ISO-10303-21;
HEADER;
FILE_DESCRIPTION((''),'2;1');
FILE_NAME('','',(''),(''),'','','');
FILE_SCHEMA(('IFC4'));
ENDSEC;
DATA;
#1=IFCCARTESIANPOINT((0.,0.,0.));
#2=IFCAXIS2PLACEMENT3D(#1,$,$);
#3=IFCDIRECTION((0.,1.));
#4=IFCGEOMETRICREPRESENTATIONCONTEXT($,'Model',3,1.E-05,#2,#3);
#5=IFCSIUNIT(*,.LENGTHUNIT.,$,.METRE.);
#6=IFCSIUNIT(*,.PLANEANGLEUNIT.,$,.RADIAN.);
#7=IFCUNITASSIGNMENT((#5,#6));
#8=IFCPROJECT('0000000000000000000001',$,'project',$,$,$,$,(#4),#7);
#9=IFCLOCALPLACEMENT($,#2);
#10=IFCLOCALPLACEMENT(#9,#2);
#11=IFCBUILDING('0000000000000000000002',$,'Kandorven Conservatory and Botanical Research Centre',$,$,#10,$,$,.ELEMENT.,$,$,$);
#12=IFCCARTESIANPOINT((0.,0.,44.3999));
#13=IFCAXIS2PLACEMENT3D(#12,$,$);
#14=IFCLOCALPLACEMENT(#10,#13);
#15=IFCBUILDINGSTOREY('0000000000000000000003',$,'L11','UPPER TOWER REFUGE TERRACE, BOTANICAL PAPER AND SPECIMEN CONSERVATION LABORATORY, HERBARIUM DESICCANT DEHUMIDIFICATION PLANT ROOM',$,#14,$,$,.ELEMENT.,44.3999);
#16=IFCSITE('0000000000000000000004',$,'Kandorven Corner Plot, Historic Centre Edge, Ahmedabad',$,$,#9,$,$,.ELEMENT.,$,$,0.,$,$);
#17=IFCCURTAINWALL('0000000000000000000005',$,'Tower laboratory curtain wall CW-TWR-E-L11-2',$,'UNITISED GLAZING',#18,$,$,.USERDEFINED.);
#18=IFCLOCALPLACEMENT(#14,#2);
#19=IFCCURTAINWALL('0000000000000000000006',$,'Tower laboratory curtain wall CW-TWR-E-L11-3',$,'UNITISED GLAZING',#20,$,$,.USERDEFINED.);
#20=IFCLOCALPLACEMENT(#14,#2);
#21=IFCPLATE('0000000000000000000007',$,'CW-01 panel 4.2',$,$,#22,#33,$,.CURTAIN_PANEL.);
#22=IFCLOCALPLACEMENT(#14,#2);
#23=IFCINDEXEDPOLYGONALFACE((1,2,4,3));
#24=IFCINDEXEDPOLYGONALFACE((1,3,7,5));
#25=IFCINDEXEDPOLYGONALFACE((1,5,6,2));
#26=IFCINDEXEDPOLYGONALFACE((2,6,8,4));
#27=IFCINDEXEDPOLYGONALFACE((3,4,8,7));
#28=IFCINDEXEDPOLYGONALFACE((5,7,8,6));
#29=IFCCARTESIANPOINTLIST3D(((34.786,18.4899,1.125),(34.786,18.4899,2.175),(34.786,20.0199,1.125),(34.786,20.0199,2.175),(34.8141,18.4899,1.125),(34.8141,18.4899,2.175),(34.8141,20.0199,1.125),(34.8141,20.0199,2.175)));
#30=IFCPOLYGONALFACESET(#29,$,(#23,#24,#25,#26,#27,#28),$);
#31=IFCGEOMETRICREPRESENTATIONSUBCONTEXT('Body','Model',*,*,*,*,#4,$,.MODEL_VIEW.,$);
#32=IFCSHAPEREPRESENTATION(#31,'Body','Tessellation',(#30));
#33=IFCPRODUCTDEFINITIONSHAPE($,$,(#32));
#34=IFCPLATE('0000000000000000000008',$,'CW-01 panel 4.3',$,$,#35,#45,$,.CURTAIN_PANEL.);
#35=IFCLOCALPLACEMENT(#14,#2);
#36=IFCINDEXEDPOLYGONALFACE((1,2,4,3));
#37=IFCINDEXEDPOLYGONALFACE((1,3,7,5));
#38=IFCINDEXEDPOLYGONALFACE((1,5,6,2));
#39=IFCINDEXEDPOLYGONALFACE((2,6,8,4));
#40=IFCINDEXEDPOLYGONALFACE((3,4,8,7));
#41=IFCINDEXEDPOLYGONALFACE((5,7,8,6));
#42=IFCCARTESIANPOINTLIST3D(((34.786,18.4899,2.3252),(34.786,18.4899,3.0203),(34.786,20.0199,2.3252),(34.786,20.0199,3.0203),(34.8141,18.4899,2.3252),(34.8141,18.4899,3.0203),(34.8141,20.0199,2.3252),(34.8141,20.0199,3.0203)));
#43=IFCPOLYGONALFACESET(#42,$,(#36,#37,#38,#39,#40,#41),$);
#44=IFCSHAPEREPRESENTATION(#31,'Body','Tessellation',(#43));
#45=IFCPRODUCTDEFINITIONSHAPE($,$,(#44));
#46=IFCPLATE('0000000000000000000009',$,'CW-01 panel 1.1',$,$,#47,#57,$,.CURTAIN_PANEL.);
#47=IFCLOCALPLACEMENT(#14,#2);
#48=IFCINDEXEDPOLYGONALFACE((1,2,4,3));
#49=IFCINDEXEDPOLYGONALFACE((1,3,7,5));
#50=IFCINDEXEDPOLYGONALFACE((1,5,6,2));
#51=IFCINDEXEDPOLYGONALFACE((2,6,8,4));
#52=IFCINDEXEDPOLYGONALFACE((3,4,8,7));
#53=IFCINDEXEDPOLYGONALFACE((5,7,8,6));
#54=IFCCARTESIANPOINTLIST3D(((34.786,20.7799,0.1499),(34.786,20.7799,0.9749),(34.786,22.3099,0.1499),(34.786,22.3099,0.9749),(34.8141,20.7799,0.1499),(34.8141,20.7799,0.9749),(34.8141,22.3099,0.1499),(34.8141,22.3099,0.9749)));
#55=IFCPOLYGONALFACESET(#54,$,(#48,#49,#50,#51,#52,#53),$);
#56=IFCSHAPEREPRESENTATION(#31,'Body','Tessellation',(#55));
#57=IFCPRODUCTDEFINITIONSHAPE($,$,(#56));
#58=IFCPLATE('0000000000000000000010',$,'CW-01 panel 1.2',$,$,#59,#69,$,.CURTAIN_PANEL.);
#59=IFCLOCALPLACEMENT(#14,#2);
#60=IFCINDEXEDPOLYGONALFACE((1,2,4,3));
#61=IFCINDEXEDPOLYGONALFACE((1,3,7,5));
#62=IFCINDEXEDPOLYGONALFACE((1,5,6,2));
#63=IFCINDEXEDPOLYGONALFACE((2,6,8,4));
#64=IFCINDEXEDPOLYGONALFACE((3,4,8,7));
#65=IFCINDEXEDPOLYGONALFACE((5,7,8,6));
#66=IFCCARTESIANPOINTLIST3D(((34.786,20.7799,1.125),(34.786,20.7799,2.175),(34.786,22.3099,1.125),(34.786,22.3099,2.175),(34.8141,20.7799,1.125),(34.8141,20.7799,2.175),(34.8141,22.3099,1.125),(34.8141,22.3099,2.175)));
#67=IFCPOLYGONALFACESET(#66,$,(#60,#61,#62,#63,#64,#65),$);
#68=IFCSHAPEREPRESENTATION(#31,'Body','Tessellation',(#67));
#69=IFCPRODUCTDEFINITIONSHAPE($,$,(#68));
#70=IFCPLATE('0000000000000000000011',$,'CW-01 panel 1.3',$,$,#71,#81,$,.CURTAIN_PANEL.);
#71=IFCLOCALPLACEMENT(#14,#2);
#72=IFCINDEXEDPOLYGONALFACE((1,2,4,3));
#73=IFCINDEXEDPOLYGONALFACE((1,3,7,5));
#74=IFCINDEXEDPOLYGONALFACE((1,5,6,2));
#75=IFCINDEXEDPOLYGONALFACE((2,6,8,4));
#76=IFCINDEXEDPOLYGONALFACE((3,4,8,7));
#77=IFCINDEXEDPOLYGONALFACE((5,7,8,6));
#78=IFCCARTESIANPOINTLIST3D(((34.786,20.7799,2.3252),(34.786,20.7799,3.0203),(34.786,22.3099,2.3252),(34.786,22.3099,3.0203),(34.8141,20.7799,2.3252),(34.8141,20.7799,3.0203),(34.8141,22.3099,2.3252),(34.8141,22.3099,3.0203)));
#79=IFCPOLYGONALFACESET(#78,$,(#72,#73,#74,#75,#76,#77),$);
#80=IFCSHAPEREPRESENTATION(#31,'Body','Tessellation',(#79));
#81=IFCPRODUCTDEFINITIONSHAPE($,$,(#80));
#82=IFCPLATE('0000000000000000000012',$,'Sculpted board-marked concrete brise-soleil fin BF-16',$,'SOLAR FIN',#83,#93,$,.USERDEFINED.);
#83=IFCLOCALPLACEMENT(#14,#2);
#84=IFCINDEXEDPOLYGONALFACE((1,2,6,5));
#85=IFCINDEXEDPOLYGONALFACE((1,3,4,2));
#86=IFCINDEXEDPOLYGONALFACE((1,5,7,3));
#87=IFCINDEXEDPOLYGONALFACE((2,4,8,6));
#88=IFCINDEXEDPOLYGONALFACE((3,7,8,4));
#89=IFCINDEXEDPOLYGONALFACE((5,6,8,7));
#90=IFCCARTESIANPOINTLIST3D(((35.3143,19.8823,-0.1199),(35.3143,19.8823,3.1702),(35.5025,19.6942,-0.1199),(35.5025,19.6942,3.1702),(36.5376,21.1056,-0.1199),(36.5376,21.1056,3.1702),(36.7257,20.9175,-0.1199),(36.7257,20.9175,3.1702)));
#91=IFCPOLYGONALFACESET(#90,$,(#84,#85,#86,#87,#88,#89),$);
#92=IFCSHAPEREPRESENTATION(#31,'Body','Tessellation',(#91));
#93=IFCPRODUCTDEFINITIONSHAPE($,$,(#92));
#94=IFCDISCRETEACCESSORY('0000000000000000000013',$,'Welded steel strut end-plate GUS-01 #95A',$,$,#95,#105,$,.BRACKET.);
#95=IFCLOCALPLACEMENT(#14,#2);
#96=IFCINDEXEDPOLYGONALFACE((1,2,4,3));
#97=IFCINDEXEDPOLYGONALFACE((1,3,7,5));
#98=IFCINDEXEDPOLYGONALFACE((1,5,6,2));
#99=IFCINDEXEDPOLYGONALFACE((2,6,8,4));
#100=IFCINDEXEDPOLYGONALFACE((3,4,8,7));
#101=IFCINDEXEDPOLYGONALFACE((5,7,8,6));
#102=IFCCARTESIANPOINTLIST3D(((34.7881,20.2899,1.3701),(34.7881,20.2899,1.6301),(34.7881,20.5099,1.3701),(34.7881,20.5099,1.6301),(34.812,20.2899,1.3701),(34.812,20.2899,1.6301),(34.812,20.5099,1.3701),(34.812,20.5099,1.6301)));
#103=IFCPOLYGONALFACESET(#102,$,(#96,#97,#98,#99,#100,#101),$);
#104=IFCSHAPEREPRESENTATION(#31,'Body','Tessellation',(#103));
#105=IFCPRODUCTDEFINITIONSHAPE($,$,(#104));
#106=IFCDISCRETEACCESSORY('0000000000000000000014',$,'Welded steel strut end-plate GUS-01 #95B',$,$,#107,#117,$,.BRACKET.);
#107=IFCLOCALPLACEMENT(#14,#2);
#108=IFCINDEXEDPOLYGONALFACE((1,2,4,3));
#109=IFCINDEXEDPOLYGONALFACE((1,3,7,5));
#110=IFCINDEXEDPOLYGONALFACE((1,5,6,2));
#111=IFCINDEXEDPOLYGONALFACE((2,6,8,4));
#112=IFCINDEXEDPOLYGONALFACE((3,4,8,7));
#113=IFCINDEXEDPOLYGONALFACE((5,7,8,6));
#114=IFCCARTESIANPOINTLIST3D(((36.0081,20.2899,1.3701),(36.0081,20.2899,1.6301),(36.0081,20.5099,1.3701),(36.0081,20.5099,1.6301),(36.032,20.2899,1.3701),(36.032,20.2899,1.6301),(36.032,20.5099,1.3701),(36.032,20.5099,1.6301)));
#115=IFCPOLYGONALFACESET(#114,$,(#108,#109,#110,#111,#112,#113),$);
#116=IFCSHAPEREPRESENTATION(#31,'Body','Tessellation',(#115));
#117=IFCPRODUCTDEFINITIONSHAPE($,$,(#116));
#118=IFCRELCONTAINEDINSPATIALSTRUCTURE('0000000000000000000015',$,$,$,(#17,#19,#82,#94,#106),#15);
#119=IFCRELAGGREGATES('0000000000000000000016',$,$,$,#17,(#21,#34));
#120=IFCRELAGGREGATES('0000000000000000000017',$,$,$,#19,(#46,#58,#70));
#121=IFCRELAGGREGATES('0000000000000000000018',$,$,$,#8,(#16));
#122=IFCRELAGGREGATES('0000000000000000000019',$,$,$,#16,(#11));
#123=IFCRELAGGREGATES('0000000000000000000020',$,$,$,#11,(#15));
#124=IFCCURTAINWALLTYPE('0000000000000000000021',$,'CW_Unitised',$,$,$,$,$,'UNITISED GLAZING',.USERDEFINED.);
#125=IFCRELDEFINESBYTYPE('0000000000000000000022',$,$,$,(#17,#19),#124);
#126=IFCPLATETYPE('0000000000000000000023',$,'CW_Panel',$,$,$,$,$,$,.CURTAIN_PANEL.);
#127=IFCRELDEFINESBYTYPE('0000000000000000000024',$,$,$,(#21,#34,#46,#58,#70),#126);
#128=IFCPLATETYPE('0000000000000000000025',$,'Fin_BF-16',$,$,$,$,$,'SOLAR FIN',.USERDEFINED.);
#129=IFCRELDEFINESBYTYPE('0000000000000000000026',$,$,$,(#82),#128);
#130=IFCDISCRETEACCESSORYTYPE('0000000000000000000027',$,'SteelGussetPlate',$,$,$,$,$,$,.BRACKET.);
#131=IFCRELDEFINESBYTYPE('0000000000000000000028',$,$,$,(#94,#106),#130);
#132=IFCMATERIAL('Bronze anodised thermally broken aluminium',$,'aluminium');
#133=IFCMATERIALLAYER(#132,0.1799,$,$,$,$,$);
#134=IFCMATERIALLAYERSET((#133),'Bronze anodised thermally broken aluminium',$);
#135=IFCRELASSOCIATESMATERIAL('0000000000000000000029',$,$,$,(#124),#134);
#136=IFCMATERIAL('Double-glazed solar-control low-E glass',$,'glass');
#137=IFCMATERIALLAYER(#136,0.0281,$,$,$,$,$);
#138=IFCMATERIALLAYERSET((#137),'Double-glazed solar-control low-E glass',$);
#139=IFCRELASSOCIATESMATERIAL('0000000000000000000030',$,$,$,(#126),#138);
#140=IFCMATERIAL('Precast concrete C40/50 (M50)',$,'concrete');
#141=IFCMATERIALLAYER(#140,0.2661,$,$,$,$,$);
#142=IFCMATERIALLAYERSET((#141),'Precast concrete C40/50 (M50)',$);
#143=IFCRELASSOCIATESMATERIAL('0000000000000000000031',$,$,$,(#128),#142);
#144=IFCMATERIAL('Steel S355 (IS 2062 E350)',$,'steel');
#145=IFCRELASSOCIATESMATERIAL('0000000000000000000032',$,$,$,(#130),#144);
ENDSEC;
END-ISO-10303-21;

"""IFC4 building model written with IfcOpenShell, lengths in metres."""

from ifc_helpers import new_model, si_unit, direction, frame, origin, origin_2d, place, context, subcontext, project, spatial, rectangle, extrude, material, layer, layer_set, type_object, element, aggregate, save


model = new_model("IFC4")

# Units and contexts
model_context = context("Model", 3, precision=1e-05, world=origin(), true_north=direction((0.0, 1.0)))
body_context = subcontext(model_context, "Body", "Model", "MODEL_VIEW")
ifc_project = project(units=[si_unit("LENGTHUNIT", "METRE"), si_unit("PLANEANGLEUNIT", "RADIAN")], contexts=[model_context])

# Site, building, storey
site_placement = place(None, origin())
site = spatial("IfcSite", under=ifc_project, at=site_placement, Name="Kandorven Corner Plot, Historic Centre Edge, Ahmedabad", CompositionType="ELEMENT", RefElevation=0.0)
building_placement = place(site_placement, origin())
building = spatial("IfcBuilding", under=site, at=building_placement, Name="Kandorven Conservatory and Botanical Research Centre", CompositionType="ELEMENT")
storey_placement = place(building_placement, frame((0.0, 0.0, 44.3999)))
storey = spatial("IfcBuildingStorey", under=building, at=storey_placement, Name="L11", Description="UPPER TOWER REFUGE TERRACE, BOTANICAL PAPER AND SPECIMEN CONSERVATION LABORATORY, HERBARIUM DESICCANT DEHUMIDIFICATION PLANT ROOM", CompositionType="ELEMENT", Elevation=44.3999)

# Curtain walls
ifc_material_1 = material(Name="Bronze anodised thermally broken aluminium", Category="aluminium")
ifc_layer_1 = layer(ifc_material_1, 0.1799)
ifc_layer_set_1 = layer_set([ifc_layer_1], Name="Bronze anodised thermally broken aluminium")
curtain_wall_type = type_object("IfcCurtainWallType", Name="CW_Unitised", ElementType="UNITISED GLAZING", PredefinedType="USERDEFINED", material=ifc_layer_set_1)
curtain_wall_1_placement = place(storey_placement, origin())
curtain_wall_1 = element("IfcCurtainWall", 1, at=curtain_wall_1_placement, inside=storey, type_object=curtain_wall_type, Name="Tower laboratory curtain wall CW-TWR-E-L11-2", ObjectType="UNITISED GLAZING", PredefinedType="USERDEFINED")
curtain_wall_2_placement = place(storey_placement, origin())
curtain_wall_2 = element("IfcCurtainWall", 2, at=curtain_wall_2_placement, inside=storey, type_object=curtain_wall_type, Name="Tower laboratory curtain wall CW-TWR-E-L11-3", ObjectType="UNITISED GLAZING", PredefinedType="USERDEFINED")

# Plates
ifc_material_2 = material(Name="Double-glazed solar-control low-E glass", Category="glass")
ifc_layer_2 = layer(ifc_material_2, 0.0281)
ifc_layer_set_2 = layer_set([ifc_layer_2], Name="Double-glazed solar-control low-E glass")
plate_type_1 = type_object("IfcPlateType", Name="CW_Panel", PredefinedType="CURTAIN_PANEL", material=ifc_layer_set_2)
plate_1_placement = place(storey_placement, frame((34.8, 19.2549, 1.125), z_axis=(0.0, 0.0, 1.0), x_axis=(0.0, 1.0, 0.0)))
plate_1 = element("IfcPlate", 3, at=plate_1_placement, type_object=plate_type_1, Name="CW-01 panel 4.2", PredefinedType="CURTAIN_PANEL", context=body_context, shape_type="SweptSolid", body=[
    extrude(rectangle(XDim=1.53, YDim=0.0281, at=origin_2d()), origin(), (0.0, 0.0, 1.0), 1.05),
])
plate_2_placement = place(storey_placement, frame((34.8, 19.2549, 2.3252), z_axis=(0.0, 0.0, 1.0), x_axis=(0.0, 1.0, 0.0)))
plate_2 = element("IfcPlate", 4, at=plate_2_placement, type_object=plate_type_1, Name="CW-01 panel 4.3", PredefinedType="CURTAIN_PANEL", context=body_context, shape_type="SweptSolid", body=[
    extrude(rectangle(XDim=1.53, YDim=0.0281, at=origin_2d()), origin(), (0.0, 0.0, 1.0), 0.6951),
])
aggregate(curtain_wall_1, [plate_1, plate_2])
plate_3_placement = place(storey_placement, frame((34.8, 21.5449, 0.1499), z_axis=(0.0, 0.0, 1.0), x_axis=(0.0, 1.0, 0.0)))
plate_3 = element("IfcPlate", 5, at=plate_3_placement, type_object=plate_type_1, Name="CW-01 panel 1.1", PredefinedType="CURTAIN_PANEL", context=body_context, shape_type="SweptSolid", body=[
    extrude(rectangle(XDim=1.53, YDim=0.0281, at=origin_2d()), origin(), (0.0, 0.0, 1.0), 0.825),
])
plate_4_placement = place(storey_placement, frame((34.8, 21.5449, 1.125), z_axis=(0.0, 0.0, 1.0), x_axis=(0.0, 1.0, 0.0)))
plate_4 = element("IfcPlate", 6, at=plate_4_placement, type_object=plate_type_1, Name="CW-01 panel 1.2", PredefinedType="CURTAIN_PANEL", context=body_context, shape_type="SweptSolid", body=[
    extrude(rectangle(XDim=1.53, YDim=0.0281, at=origin_2d()), origin(), (0.0, 0.0, 1.0), 1.05),
])
plate_5_placement = place(storey_placement, frame((34.8, 21.5449, 2.3252), z_axis=(0.0, 0.0, 1.0), x_axis=(0.0, 1.0, 0.0)))
plate_5 = element("IfcPlate", 7, at=plate_5_placement, type_object=plate_type_1, Name="CW-01 panel 1.3", PredefinedType="CURTAIN_PANEL", context=body_context, shape_type="SweptSolid", body=[
    extrude(rectangle(XDim=1.53, YDim=0.0281, at=origin_2d()), origin(), (0.0, 0.0, 1.0), 0.6951),
])
aggregate(curtain_wall_2, [plate_3, plate_4, plate_5])
ifc_material_3 = material(Name="Precast concrete C40/50 (M50)", Category="concrete")
ifc_layer_3 = layer(ifc_material_3, 0.2661)
ifc_layer_set_3 = layer_set([ifc_layer_3], Name="Precast concrete C40/50 (M50)")
plate_type_2 = type_object("IfcPlateType", Name="Fin_BF-16", ElementType="SOLAR FIN", PredefinedType="USERDEFINED", material=ifc_layer_set_3)
plate_6_placement = place(storey_placement, frame((36.02, 20.3999, -0.1199), z_axis=(0.0, 0.0, 1.0), x_axis=(0.707107, 0.707107, 0.0)))
element("IfcPlate", 8, at=plate_6_placement, inside=storey, type_object=plate_type_2, Name="Sculpted board-marked concrete brise-soleil fin BF-16", ObjectType="SOLAR FIN", PredefinedType="USERDEFINED", context=body_context, shape_type="SweptSolid", body=[
    extrude(rectangle(XDim=1.73, YDim=0.2661, at=origin_2d()), origin(), (0.0, 0.0, 1.0), 3.29),
])

# Discrete accessories
ifc_material_4 = material(Name="Steel S355 (IS 2062 E350)", Category="steel")
discrete_accessory_type = type_object("IfcDiscreteAccessoryType", Name="SteelGussetPlate", PredefinedType="BRACKET", material=ifc_material_4)
for number, where, z_axis, x_axis, name in (
    (9, (34.8, 20.3999, 1.3701), (0.0, 0.0, 1.0), (1.0, 0.0, 0.0), "Welded steel strut end-plate GUS-01 #95A"),
    (10, (36.02, 20.3999, 1.3701), (0.0, 0.0, 1.0), (1.0, 0.0, 0.0), "Welded steel strut end-plate GUS-01 #95B"),
):
    element("IfcDiscreteAccessory", number, at=place(storey_placement, frame(where, z_axis=z_axis, x_axis=x_axis)), inside=storey, type_object=discrete_accessory_type, Name=name, PredefinedType="BRACKET", context=body_context, shape_type="SweptSolid", body=[
        extrude(rectangle(XDim=0.0239, YDim=0.22, at=origin_2d()), origin(), (0.0, 0.0, 1.0), 0.26),
    ])

save(model, "model.ifc")
